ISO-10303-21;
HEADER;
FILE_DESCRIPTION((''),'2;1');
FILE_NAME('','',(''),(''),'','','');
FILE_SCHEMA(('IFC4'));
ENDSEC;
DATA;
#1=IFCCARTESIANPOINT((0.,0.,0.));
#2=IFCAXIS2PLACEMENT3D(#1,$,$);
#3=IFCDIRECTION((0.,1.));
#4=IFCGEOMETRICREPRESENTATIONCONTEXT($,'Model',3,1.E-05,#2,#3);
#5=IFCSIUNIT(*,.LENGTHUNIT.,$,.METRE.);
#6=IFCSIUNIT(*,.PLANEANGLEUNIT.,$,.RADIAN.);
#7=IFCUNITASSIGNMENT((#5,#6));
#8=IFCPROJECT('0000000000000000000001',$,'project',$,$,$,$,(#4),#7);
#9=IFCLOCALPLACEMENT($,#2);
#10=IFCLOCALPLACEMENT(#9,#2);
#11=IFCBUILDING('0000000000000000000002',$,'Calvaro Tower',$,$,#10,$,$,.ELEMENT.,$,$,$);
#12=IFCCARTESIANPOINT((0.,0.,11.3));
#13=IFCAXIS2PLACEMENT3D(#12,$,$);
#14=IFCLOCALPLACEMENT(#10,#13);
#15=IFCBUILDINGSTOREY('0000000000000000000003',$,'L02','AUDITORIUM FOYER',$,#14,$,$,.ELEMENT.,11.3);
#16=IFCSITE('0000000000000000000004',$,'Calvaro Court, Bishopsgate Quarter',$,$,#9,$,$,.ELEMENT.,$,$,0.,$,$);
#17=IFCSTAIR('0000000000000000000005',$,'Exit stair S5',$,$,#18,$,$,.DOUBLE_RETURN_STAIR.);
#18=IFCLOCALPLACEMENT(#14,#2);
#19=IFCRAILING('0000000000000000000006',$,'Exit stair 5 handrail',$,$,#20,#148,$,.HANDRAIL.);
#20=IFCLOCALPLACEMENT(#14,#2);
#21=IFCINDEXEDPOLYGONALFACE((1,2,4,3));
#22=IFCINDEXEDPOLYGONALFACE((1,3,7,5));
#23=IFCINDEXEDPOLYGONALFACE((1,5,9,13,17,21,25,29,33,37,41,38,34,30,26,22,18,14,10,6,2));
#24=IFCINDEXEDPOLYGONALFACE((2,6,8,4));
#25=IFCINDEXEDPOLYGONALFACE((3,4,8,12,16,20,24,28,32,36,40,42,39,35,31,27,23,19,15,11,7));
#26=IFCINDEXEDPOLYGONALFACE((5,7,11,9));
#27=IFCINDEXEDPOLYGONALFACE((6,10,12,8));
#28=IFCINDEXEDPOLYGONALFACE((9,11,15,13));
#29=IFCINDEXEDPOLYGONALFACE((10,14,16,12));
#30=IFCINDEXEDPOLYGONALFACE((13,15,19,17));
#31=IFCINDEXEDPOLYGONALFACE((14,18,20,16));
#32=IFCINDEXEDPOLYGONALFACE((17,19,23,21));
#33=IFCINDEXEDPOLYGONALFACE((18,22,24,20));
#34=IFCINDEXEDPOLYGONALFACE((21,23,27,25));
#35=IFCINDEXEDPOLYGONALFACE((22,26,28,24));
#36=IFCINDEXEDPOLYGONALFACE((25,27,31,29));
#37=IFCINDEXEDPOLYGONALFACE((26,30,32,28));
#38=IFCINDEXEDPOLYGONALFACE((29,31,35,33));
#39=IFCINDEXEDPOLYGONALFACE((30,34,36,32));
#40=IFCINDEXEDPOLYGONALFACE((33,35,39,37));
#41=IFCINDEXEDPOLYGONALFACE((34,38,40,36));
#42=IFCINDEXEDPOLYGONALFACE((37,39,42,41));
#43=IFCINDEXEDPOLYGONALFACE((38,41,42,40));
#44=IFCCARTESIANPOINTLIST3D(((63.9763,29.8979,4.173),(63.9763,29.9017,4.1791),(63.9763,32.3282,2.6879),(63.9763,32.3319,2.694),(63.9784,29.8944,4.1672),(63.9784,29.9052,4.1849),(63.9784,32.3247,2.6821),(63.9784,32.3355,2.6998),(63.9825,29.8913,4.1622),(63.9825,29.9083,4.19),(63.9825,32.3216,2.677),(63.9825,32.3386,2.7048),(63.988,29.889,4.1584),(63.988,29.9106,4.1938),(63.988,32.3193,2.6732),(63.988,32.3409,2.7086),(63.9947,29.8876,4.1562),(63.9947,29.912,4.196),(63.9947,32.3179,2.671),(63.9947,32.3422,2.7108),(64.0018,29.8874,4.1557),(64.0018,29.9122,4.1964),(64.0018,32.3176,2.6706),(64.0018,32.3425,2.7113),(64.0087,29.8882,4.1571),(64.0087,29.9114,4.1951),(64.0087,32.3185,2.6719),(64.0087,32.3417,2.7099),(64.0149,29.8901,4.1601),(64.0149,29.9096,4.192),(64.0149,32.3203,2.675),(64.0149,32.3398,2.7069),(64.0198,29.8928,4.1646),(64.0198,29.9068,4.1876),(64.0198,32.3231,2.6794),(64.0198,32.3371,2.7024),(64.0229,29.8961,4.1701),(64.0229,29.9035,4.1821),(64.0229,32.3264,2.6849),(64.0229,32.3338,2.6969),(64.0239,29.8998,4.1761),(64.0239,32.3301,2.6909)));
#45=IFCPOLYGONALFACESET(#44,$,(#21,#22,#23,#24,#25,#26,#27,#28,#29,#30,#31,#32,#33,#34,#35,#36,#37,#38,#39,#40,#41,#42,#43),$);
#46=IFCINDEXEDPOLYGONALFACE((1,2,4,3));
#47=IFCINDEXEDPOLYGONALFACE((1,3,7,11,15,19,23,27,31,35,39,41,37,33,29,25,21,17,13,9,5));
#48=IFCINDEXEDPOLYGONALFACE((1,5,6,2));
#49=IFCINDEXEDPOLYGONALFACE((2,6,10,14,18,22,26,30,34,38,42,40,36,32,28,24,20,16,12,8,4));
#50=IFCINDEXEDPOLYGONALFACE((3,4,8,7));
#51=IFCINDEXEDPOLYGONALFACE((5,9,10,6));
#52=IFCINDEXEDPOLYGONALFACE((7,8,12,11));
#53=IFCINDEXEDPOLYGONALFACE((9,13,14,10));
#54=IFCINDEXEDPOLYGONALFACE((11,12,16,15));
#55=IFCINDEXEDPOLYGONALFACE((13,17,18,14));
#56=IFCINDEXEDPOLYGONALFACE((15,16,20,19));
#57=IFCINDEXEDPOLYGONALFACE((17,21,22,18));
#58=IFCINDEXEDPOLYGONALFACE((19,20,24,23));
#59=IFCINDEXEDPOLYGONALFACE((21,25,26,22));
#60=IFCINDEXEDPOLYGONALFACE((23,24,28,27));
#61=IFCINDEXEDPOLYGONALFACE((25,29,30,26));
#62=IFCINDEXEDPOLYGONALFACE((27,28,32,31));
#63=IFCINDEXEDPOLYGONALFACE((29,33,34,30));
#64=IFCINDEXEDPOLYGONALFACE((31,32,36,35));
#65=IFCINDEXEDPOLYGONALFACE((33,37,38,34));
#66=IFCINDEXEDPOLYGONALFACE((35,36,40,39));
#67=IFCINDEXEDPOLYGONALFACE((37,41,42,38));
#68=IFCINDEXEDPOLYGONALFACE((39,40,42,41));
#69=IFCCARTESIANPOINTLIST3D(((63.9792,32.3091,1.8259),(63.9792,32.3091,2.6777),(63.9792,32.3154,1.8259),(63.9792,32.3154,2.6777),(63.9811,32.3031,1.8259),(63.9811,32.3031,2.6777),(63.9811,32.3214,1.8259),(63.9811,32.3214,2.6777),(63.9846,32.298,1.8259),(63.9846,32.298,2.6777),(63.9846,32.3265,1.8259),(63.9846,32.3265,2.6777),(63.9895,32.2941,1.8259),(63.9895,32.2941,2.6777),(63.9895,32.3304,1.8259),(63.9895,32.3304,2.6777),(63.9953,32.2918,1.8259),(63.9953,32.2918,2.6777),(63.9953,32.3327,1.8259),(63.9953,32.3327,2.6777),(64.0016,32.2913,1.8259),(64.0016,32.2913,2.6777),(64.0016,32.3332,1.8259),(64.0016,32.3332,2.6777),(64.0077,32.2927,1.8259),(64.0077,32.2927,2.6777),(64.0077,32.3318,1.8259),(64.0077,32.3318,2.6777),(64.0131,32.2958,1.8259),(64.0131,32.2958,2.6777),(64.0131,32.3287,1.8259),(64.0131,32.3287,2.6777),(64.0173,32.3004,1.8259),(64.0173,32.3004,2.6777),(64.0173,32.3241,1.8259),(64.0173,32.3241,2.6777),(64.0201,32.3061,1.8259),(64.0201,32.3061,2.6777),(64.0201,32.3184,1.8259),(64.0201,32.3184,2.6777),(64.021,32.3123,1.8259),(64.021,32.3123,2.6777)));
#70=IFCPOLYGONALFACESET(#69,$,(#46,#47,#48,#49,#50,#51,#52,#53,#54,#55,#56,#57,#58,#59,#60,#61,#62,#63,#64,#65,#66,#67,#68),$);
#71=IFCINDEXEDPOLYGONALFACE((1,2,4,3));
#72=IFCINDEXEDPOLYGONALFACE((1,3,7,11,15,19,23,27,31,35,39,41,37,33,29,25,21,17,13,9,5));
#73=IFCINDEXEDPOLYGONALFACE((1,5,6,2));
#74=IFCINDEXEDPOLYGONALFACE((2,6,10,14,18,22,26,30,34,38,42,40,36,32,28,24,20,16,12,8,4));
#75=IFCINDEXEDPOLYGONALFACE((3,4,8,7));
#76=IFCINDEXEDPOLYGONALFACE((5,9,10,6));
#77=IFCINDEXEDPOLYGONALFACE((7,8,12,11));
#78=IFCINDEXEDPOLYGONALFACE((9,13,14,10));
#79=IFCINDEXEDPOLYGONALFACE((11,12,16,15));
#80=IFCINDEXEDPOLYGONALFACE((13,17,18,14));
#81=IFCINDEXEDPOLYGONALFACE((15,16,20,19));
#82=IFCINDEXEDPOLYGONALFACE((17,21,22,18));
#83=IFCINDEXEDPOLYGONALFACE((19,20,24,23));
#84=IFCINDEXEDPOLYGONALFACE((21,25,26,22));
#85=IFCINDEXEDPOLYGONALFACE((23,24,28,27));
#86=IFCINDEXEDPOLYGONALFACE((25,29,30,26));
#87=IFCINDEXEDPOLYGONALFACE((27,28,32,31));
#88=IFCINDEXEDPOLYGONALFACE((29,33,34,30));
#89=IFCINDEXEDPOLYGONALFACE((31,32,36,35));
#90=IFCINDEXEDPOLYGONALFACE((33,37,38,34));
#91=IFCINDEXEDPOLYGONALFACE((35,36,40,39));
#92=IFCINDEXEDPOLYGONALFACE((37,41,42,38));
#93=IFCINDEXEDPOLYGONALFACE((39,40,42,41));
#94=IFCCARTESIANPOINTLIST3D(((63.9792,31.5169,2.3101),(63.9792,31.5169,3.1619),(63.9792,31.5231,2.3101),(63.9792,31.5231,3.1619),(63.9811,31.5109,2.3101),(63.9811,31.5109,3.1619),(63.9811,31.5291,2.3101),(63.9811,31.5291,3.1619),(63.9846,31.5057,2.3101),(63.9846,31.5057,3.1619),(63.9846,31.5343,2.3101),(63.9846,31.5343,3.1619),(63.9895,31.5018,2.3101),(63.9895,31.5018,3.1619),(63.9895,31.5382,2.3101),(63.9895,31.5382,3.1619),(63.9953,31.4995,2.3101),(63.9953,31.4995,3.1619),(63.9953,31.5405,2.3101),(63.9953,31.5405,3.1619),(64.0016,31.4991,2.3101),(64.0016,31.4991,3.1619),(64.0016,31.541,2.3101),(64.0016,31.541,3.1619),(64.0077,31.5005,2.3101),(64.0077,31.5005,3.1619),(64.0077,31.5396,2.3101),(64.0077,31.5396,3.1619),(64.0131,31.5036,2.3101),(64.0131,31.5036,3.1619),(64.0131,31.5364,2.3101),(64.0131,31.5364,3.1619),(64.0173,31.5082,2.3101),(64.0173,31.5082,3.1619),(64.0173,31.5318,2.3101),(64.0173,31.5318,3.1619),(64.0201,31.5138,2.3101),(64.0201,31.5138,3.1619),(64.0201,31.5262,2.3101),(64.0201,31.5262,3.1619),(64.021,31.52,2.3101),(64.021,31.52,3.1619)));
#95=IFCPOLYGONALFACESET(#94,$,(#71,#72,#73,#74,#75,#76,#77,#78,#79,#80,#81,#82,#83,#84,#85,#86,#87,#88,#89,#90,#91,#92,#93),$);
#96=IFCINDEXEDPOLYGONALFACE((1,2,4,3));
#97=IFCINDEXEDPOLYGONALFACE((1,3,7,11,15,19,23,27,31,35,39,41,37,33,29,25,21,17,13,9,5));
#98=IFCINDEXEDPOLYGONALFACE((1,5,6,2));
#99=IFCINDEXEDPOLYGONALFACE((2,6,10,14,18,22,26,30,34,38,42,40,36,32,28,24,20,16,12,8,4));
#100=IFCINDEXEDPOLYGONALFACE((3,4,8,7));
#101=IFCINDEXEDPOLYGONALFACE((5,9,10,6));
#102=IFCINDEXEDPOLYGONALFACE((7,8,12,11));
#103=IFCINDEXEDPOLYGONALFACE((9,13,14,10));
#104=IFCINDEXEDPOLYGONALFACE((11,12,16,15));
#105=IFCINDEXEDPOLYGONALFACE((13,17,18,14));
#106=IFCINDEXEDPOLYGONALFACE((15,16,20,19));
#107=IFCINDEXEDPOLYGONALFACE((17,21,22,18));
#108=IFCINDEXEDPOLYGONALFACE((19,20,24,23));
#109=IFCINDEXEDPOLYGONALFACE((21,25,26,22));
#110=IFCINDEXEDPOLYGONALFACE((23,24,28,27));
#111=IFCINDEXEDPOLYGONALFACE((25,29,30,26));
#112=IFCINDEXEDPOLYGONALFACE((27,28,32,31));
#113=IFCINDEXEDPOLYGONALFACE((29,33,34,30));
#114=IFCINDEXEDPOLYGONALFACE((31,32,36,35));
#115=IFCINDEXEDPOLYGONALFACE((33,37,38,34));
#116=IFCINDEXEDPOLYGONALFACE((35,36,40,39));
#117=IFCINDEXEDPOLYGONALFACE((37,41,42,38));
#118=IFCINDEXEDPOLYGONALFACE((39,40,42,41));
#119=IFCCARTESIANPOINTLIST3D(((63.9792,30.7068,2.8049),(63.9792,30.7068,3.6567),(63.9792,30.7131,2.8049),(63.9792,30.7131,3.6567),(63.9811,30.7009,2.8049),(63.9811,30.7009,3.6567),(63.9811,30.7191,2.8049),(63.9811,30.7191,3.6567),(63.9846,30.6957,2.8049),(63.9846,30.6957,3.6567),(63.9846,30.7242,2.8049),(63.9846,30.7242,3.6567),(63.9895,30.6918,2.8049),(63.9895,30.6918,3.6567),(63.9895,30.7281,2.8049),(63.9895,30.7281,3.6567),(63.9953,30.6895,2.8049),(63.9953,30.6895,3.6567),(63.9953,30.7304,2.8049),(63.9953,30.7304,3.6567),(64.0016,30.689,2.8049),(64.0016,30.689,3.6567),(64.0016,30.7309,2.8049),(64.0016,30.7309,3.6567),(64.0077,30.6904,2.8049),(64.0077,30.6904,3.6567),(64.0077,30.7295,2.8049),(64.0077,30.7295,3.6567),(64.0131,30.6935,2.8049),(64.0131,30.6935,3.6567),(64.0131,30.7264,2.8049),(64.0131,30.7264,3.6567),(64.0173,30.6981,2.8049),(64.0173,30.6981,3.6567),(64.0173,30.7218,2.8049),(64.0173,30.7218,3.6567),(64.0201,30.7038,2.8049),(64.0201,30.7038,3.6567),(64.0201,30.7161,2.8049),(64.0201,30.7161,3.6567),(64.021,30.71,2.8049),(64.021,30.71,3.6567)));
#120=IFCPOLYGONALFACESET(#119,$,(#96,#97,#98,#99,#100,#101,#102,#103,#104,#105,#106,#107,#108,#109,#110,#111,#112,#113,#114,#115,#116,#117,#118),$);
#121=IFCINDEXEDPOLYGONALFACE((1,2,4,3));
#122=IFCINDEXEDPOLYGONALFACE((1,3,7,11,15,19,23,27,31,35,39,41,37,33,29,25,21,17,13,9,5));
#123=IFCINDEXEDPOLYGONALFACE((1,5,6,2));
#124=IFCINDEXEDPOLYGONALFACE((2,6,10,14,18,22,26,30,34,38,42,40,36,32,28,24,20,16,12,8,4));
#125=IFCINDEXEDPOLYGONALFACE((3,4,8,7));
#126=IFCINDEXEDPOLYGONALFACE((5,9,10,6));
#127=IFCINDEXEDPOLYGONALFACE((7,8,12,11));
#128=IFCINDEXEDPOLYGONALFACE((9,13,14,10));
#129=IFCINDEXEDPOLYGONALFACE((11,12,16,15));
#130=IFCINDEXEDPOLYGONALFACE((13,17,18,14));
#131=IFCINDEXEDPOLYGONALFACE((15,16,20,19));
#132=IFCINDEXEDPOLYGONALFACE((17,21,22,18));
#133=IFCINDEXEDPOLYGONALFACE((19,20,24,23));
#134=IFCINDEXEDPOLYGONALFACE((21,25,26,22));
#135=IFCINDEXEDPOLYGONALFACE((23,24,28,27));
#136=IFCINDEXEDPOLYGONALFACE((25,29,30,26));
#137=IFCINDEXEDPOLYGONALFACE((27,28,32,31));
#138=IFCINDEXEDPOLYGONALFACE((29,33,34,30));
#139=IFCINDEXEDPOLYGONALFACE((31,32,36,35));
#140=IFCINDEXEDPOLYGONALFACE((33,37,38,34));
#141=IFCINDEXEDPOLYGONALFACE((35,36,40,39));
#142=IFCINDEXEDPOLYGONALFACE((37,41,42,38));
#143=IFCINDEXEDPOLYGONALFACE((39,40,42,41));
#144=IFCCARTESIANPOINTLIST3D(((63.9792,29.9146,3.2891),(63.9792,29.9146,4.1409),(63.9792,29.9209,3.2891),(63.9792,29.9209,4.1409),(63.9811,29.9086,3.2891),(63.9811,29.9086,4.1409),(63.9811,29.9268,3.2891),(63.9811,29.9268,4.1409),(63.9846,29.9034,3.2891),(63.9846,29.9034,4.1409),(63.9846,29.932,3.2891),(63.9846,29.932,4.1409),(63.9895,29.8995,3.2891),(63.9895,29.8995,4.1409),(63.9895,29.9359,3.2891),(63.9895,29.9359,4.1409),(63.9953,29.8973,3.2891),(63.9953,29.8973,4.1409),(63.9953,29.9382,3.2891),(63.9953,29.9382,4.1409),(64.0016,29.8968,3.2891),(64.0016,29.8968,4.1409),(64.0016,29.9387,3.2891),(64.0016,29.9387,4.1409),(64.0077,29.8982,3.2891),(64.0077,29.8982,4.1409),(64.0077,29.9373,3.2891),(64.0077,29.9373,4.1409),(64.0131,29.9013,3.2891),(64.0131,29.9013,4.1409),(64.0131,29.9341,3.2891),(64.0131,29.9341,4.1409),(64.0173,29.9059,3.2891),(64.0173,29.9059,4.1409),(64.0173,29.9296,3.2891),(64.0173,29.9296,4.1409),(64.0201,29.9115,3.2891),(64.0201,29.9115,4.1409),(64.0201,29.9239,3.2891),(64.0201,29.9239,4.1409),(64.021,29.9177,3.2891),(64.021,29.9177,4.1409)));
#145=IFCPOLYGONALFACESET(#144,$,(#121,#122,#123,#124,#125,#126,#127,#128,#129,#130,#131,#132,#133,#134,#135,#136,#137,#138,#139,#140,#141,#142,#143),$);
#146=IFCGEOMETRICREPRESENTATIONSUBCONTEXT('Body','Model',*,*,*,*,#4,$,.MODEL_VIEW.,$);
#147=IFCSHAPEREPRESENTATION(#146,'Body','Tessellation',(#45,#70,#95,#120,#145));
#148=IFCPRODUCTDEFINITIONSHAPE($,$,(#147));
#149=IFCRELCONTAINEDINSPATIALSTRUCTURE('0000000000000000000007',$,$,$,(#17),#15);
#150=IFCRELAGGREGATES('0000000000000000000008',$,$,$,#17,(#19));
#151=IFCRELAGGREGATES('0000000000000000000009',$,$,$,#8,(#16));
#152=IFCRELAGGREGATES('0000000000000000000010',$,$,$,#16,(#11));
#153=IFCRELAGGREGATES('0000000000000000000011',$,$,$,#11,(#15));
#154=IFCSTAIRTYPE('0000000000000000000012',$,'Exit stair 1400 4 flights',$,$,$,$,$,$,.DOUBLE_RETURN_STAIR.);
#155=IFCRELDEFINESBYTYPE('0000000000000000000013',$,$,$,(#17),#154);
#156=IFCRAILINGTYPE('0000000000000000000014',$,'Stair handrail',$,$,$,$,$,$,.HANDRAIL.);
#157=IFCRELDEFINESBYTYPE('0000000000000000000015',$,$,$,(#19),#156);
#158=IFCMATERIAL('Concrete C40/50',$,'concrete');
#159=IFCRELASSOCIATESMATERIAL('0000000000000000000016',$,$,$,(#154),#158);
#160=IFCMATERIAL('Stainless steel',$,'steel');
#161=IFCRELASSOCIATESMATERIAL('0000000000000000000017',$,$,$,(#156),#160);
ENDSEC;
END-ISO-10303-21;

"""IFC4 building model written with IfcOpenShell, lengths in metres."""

from ifc_helpers import new_model, si_unit, direction, frame, origin, origin_2d, place, context, subcontext, project, spatial, circle, extrude, material, type_object, element, aggregate, save


model = new_model("IFC4")

# Units and contexts
model_context = context("Model", 3, precision=1e-05, world=origin(), true_north=direction((0.0, 1.0)))
body_context = subcontext(model_context, "Body", "Model", "MODEL_VIEW")
ifc_project = project(units=[si_unit("LENGTHUNIT", "METRE"), si_unit("PLANEANGLEUNIT", "RADIAN")], contexts=[model_context])

# Site, building, storey
site_placement = place(None, origin())
site = spatial("IfcSite", under=ifc_project, at=site_placement, Name="Calvaro Court, Bishopsgate Quarter", CompositionType="ELEMENT", RefElevation=0.0)
building_placement = place(site_placement, origin())
building = spatial("IfcBuilding", under=site, at=building_placement, Name="Calvaro Tower", CompositionType="ELEMENT")
storey_placement = place(building_placement, frame((0.0, 0.0, 11.3)))
storey = spatial("IfcBuildingStorey", under=building, at=storey_placement, Name="L02", Description="AUDITORIUM FOYER", CompositionType="ELEMENT", Elevation=11.3)

# Stair, railing
ifc_material_1 = material(Name="Concrete C40/50", Category="concrete")
stair_type = type_object("IfcStairType", Name="Exit stair 1400 4 flights", PredefinedType="DOUBLE_RETURN_STAIR", material=ifc_material_1)
stair_placement = place(storey_placement, origin())
stair = element("IfcStair", 1, at=stair_placement, inside=storey, type_object=stair_type, Name="Exit stair S5", PredefinedType="DOUBLE_RETURN_STAIR")
ifc_material_2 = material(Name="Stainless steel", Category="steel")
railing_type = type_object("IfcRailingType", Name="Stair handrail", PredefinedType="HANDRAIL", material=ifc_material_2)
railing_1_placement = place(storey_placement, frame((64.0, 32.3301, 1.8149)))
railing_1 = element("IfcRailing", 2, at=railing_1_placement, type_object=railing_type, Name="Exit stair 5 handrail", PredefinedType="HANDRAIL", context=body_context, shape_type="SweptSolid", body=[
    extrude(circle(Radius=0.0239, at=origin_2d()), frame((0.0, 0.0, 0.876), z_axis=(0.0, -0.853282, 0.52145), x_axis=(1.0, 0.0, 0.0)), (0.0, 0.0, 1.0), 2.8481),
    extrude(circle(Radius=0.021, at=origin_2d()), frame((0.0, -0.0178, 0.011)), (0.0, 0.0, 1.0), 0.8518),
    extrude(circle(Radius=0.021, at=origin_2d()), frame((0.0, -0.8101, 0.4951)), (0.0, 0.0, 1.0), 0.8518),
    extrude(circle(Radius=0.021, at=origin_2d()), frame((0.0, -1.6201, 0.99)), (0.0, 0.0, 1.0), 0.8518),
    extrude(circle(Radius=0.021, at=origin_2d()), frame((0.0, -2.4124, 1.4741)), (0.0, 0.0, 1.0), 0.8518),
])
aggregate(stair, [railing_1])

save(model, "model.ifc")
